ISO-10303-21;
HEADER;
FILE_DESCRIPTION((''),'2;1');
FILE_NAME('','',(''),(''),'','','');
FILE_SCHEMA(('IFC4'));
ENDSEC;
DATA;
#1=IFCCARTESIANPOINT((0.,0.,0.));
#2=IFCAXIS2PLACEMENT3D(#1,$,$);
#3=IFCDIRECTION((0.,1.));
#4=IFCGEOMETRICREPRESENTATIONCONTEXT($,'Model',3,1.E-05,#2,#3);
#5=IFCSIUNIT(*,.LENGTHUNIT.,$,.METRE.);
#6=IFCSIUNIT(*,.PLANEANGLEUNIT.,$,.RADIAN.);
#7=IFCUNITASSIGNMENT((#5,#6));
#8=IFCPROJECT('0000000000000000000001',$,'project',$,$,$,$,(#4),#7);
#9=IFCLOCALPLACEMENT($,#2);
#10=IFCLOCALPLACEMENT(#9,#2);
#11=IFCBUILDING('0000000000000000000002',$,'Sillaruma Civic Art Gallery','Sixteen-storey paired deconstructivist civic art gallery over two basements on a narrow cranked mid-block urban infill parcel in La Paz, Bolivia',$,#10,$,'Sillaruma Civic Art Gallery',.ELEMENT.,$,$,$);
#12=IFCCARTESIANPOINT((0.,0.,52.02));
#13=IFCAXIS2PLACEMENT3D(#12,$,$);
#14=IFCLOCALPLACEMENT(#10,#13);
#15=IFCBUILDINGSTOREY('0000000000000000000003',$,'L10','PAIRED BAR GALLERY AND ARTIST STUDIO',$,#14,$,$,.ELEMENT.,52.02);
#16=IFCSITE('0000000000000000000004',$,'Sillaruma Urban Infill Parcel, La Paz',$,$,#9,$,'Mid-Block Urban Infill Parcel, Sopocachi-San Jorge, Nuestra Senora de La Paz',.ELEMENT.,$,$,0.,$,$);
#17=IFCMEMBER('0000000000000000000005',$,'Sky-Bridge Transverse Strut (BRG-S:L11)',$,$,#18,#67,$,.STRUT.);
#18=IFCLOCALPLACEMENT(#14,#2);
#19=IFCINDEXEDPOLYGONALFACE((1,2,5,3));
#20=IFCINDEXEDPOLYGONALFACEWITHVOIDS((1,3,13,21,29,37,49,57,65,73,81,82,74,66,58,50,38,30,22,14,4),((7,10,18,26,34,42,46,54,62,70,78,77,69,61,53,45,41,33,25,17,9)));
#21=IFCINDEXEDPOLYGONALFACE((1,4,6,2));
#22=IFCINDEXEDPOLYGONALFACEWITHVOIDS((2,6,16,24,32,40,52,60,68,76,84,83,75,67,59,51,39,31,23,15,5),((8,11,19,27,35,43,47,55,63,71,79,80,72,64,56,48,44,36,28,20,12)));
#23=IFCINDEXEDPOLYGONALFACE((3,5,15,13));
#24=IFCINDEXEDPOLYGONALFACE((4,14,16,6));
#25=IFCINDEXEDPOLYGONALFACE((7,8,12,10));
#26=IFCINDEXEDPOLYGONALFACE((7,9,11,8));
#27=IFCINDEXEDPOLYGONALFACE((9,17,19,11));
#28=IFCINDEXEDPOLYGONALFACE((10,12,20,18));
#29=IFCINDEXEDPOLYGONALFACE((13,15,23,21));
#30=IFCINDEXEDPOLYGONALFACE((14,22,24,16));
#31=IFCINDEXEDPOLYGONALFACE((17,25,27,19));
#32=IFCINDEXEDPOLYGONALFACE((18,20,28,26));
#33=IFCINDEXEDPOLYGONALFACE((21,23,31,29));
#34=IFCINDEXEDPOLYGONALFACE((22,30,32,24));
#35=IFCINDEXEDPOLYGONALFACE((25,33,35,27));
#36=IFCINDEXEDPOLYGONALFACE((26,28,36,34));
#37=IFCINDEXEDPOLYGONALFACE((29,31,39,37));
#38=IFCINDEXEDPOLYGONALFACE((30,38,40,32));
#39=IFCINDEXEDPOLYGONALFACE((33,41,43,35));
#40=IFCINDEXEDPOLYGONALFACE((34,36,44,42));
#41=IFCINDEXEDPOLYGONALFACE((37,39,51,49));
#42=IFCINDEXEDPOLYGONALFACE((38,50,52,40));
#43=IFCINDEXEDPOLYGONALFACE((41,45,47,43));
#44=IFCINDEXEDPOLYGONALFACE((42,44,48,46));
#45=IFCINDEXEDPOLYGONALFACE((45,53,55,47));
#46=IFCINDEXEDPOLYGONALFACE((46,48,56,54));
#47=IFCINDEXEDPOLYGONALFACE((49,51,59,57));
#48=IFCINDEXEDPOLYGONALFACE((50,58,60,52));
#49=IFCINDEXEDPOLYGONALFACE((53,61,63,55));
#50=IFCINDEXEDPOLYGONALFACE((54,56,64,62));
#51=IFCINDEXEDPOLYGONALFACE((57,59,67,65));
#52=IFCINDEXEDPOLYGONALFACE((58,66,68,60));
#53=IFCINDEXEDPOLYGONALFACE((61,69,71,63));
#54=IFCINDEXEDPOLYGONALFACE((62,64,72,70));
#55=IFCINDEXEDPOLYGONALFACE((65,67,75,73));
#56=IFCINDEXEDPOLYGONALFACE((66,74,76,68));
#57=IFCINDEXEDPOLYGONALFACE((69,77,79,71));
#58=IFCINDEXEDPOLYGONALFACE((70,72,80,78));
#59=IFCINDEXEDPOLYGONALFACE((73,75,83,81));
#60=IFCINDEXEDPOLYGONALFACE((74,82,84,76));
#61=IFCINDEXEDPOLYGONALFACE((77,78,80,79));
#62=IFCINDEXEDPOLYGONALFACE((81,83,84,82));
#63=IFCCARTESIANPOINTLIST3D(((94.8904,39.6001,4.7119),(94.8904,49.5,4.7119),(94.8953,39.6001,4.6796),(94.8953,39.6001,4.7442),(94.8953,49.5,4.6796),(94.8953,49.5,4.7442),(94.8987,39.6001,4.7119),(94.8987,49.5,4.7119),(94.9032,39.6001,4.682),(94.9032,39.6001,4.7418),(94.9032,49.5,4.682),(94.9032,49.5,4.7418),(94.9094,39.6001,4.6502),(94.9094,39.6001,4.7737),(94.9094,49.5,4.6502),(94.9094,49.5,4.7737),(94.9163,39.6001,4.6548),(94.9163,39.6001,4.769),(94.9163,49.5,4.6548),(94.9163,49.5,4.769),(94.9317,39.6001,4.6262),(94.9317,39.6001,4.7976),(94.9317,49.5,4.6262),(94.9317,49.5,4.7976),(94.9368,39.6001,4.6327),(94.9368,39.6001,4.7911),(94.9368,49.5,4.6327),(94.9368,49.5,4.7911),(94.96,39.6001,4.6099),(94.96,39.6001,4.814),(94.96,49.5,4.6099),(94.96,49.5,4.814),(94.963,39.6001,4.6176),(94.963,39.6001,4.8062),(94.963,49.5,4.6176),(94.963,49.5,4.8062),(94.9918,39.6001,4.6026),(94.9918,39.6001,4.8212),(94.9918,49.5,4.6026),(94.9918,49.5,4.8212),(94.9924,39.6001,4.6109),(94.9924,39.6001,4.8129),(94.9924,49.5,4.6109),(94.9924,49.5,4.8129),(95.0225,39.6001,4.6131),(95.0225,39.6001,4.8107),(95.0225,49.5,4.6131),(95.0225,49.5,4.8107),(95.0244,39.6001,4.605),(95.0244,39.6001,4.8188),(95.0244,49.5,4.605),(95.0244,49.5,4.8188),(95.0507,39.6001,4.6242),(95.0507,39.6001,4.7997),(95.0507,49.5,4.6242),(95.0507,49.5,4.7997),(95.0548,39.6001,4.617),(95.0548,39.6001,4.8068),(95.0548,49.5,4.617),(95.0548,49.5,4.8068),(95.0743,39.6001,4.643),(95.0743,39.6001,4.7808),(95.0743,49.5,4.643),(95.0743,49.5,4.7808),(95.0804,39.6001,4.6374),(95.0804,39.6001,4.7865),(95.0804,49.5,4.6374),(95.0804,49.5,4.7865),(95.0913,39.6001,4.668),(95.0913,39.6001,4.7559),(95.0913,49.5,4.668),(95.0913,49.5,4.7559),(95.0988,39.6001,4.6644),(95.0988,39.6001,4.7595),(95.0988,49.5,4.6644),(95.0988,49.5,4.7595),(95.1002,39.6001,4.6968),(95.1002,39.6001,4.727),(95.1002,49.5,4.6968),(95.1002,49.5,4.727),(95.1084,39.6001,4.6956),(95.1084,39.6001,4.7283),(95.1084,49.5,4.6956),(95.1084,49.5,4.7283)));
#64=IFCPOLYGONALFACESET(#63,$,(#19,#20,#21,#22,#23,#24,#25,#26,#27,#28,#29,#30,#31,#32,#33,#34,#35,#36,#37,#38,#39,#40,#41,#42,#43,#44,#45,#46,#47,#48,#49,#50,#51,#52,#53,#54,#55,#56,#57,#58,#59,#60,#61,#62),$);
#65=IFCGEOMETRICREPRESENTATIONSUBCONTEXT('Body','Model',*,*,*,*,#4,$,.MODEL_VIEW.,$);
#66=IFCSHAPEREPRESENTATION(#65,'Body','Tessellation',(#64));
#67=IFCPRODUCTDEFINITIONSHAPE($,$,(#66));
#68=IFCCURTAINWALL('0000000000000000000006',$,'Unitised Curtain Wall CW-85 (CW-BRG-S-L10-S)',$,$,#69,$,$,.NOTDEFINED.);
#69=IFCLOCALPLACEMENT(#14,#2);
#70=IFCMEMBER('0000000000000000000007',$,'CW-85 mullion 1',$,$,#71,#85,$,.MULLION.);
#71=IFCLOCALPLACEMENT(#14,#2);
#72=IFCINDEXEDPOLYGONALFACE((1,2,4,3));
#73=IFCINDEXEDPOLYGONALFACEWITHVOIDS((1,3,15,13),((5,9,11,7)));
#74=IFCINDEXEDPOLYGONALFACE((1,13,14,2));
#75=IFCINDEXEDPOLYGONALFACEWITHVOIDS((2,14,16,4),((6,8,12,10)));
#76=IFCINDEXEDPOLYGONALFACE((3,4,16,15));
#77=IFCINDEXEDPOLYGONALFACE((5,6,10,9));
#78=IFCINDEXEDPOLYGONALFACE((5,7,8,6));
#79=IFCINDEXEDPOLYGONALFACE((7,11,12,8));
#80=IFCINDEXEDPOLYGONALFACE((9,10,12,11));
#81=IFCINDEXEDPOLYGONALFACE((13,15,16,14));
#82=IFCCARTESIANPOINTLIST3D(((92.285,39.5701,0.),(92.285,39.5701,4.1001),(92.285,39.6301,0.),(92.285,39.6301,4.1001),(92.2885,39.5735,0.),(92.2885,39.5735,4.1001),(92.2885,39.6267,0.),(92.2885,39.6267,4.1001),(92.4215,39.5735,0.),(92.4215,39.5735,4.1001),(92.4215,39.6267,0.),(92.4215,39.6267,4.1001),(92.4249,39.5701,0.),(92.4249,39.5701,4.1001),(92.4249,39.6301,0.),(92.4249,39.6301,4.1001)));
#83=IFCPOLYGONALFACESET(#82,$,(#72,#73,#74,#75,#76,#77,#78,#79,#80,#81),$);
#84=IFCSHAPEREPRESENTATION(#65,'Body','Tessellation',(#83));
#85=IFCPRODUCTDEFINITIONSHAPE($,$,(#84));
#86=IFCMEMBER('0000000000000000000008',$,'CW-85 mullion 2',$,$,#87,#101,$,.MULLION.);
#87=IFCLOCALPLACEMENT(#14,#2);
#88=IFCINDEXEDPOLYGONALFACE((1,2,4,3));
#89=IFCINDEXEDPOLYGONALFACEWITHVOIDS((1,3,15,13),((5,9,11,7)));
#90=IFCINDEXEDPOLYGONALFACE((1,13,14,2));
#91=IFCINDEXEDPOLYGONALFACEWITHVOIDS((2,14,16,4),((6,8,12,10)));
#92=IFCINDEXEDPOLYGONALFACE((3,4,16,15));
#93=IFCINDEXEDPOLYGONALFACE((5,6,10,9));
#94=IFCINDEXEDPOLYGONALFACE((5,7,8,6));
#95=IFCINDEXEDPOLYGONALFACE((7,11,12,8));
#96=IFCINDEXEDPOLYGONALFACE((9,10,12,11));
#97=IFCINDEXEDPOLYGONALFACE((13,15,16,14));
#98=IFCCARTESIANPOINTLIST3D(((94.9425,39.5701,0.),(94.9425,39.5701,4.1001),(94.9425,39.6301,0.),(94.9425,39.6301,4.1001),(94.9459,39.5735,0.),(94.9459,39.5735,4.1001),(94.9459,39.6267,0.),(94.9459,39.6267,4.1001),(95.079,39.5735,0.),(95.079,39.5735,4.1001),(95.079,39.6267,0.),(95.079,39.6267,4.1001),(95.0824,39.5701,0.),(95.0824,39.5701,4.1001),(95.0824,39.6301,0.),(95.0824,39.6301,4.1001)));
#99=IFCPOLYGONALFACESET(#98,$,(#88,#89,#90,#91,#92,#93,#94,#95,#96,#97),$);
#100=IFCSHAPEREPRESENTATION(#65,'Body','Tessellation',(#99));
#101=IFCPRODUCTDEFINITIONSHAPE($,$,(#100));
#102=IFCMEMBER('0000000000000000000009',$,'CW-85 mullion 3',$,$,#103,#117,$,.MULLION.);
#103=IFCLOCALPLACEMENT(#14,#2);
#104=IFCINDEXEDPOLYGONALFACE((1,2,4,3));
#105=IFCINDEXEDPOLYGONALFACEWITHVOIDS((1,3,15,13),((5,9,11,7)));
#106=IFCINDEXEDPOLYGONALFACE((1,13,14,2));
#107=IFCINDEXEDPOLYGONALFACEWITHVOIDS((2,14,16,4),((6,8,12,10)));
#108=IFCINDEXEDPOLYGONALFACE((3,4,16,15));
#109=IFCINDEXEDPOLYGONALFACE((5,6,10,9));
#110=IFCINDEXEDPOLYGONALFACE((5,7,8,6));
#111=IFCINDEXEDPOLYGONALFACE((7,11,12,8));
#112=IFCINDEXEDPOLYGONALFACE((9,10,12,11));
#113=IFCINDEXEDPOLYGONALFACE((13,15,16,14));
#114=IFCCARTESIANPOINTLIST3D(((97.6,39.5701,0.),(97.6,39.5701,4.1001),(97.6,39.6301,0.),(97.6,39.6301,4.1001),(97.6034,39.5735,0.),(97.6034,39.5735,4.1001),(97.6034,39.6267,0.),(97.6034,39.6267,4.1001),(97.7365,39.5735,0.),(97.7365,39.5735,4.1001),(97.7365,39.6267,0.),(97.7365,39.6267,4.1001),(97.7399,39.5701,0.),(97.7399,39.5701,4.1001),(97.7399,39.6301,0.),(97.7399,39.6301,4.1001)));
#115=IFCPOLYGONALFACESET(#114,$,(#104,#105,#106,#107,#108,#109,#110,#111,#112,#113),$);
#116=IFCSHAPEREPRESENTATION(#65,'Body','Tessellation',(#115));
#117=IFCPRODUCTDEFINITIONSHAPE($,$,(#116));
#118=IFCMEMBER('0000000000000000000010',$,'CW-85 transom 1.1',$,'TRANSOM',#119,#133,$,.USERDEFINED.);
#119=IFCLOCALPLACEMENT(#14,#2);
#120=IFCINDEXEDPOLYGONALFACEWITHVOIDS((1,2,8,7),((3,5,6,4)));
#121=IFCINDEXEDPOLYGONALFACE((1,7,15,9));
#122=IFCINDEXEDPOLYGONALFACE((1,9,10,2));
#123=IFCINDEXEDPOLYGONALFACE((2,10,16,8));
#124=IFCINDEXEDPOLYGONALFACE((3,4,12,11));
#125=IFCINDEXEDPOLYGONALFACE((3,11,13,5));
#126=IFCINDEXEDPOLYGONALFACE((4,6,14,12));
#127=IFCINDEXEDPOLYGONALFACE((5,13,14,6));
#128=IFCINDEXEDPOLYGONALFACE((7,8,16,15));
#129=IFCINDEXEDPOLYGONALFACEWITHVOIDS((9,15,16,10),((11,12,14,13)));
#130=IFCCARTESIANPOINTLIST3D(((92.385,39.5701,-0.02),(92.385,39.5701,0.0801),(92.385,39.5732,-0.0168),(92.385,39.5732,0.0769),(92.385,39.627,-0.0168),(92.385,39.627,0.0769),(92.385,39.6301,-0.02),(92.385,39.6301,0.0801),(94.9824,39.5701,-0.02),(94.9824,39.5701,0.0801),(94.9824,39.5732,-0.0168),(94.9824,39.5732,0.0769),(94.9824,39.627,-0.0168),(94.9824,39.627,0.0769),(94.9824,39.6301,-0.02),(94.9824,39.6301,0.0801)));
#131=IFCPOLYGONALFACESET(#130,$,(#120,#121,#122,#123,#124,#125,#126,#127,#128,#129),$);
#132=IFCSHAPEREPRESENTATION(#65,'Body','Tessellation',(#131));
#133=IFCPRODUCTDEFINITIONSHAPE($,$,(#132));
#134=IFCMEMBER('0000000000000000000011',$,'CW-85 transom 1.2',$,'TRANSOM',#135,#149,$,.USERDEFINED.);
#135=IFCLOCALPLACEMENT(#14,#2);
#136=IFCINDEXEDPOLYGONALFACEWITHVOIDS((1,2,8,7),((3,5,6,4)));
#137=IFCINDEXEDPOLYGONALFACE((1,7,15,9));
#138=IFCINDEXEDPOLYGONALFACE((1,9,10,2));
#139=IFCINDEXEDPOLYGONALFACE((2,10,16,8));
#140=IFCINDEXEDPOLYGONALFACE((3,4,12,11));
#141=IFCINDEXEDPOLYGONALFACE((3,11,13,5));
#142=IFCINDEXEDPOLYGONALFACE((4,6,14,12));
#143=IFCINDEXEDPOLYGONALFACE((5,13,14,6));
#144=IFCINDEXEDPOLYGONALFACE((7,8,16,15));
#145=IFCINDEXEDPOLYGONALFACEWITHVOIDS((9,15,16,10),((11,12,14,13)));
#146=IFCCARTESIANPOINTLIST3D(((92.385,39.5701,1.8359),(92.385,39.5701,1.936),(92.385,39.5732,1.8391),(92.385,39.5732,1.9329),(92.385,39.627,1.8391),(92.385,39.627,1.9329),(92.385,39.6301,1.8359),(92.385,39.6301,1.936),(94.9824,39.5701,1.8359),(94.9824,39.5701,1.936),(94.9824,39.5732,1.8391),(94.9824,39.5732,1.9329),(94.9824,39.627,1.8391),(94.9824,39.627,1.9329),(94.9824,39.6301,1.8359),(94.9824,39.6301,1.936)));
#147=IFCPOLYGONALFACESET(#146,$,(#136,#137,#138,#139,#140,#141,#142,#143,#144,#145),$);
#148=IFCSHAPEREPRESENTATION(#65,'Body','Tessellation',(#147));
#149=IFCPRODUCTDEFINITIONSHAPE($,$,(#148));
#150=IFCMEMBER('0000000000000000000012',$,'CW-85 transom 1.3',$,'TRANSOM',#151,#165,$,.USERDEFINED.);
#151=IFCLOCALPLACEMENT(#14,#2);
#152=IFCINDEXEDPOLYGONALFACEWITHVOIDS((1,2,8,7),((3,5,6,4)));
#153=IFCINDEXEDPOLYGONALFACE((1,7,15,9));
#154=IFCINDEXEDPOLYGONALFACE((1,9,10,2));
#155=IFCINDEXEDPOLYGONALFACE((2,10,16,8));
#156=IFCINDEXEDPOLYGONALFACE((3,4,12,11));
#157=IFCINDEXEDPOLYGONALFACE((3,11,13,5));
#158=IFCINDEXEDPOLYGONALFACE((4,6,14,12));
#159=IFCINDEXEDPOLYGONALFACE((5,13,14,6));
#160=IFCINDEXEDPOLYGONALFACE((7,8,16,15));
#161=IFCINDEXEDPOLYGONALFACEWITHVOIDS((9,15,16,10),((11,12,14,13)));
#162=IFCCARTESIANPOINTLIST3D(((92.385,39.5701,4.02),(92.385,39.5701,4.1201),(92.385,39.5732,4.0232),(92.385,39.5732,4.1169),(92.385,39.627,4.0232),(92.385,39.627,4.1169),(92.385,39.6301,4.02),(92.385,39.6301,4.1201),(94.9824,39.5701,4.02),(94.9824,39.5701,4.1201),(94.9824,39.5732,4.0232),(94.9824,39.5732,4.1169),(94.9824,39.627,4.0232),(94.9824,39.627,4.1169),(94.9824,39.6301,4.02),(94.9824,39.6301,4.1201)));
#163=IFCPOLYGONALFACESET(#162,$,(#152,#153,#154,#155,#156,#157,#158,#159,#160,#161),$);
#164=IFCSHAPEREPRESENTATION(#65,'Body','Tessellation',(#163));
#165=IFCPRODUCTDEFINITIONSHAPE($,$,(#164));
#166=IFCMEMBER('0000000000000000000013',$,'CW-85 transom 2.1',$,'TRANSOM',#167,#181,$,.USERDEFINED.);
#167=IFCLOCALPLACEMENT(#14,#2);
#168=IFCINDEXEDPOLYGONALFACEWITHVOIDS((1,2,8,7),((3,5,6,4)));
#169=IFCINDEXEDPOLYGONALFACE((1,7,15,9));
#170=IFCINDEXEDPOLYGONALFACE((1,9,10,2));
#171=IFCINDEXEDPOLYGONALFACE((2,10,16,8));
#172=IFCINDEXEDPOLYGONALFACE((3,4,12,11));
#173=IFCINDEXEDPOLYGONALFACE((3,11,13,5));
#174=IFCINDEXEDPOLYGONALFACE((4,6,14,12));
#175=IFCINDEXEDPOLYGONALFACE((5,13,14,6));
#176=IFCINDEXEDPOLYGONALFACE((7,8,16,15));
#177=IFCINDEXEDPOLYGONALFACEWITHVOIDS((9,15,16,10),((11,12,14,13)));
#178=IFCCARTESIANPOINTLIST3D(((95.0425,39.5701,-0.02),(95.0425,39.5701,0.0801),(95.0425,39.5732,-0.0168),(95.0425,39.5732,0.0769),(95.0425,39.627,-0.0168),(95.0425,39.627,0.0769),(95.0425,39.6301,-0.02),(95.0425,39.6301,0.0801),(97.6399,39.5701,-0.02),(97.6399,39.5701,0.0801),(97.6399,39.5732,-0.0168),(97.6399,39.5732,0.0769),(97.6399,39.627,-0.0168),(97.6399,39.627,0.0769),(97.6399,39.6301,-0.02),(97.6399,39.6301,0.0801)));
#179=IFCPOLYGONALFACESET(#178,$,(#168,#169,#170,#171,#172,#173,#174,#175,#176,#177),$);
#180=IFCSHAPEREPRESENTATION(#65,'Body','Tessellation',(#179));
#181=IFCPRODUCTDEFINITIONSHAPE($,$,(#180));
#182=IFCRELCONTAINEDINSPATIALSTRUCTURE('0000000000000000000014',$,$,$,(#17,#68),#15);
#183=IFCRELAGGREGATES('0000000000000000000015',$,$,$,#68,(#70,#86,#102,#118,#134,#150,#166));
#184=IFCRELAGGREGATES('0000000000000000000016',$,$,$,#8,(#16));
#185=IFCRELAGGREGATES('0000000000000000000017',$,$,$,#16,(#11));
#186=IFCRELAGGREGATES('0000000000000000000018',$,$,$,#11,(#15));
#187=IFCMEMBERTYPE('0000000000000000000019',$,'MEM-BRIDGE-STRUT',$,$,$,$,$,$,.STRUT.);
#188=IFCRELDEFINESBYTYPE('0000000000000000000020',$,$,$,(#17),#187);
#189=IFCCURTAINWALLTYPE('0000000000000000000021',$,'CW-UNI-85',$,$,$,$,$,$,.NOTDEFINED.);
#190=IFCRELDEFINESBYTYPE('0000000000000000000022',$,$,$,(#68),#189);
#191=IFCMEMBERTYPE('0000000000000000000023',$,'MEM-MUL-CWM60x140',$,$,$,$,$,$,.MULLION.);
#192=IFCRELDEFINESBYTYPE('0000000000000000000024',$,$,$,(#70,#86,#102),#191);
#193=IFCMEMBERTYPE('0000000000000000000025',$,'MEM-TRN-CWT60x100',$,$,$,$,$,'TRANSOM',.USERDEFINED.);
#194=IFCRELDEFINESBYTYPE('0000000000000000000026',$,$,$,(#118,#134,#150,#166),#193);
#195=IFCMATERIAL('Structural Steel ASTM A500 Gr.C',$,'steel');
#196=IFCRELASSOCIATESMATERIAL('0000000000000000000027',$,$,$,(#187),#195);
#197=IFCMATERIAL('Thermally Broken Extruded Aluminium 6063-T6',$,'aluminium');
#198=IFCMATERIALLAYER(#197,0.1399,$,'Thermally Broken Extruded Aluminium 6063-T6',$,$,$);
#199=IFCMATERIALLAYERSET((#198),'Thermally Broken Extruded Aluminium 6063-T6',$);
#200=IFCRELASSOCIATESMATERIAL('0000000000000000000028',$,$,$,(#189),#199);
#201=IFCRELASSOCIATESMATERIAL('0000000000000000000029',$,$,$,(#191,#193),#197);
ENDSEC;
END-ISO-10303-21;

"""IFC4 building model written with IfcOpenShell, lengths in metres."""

from ifc_helpers import new_model, si_unit, direction, frame, origin, origin_2d, place, context, subcontext, project, spatial, hollow_rectangle, hollow_circle, extrude, material, layer, layer_set, material_profile, profile_set, type_object, element, aggregate, save


model = new_model("IFC4")

# Units and contexts
model_context = context("Model", 3, precision=1e-05, world=origin(), true_north=direction((0.0, 1.0)))
body_context = subcontext(model_context, "Body", "Model", "MODEL_VIEW")
ifc_project = project(units=[si_unit("LENGTHUNIT", "METRE"), si_unit("PLANEANGLEUNIT", "RADIAN")], contexts=[model_context])

# Site, building, storey
site_placement = place(None, origin())
site = spatial("IfcSite", under=ifc_project, at=site_placement, Name="Sillaruma Urban Infill Parcel, La Paz", LongName="Mid-Block Urban Infill Parcel, Sopocachi-San Jorge, Nuestra Senora de La Paz", CompositionType="ELEMENT", RefElevation=0.0)
building_placement = place(site_placement, origin())
building = spatial("IfcBuilding", under=site, at=building_placement, Name="Sillaruma Civic Art Gallery", Description="Sixteen-storey paired deconstructivist civic art gallery over two basements on a narrow cranked mid-block urban infill parcel in La Paz, Bolivia", LongName="Sillaruma Civic Art Gallery", CompositionType="ELEMENT")
storey_placement = place(building_placement, frame((0.0, 0.0, 52.02)))
storey = spatial("IfcBuildingStorey", under=building, at=storey_placement, Name="L10", Description="PAIRED BAR GALLERY AND ARTIST STUDIO", CompositionType="ELEMENT", Elevation=52.02)

# Member
ifc_material_1 = material(Name="Structural Steel ASTM A500 Gr.C", Category="steel")
ifc_material_profile_1 = material_profile(ifc_material_1, hollow_circle(Radius=0.1096, WallThickness=0.0083, at=origin_2d()), Name="CHS219.1x8.2")
ifc_profile_set_1 = profile_set([ifc_material_profile_1], Name="Structural Steel ASTM A500 Gr.C")
member_type_1 = type_object("IfcMemberType", Name="MEM-BRIDGE-STRUT", PredefinedType="STRUT", material=ifc_profile_set_1)
member_1_placement = place(storey_placement, frame((95.0, 39.6001, 4.7119), z_axis=(0.0, 1.0, 0.0), x_axis=(-1.0, 0.0, 0.0)))
element("IfcMember", 1, at=member_1_placement, inside=storey, type_object=member_type_1, Name="Sky-Bridge Transverse Strut (BRG-S:L11)", PredefinedType="STRUT", context=body_context, shape_type="SweptSolid", body=[
    extrude(hollow_circle(Radius=0.1096, WallThickness=0.0083, at=origin_2d()), origin(), (0.0, 0.0, 1.0), 9.8999),
])

# Curtain wall, members
ifc_material_2 = material(Name="Thermally Broken Extruded Aluminium 6063-T6", Category="aluminium")
ifc_layer_1 = layer(ifc_material_2, 0.1399, Name="Thermally Broken Extruded Aluminium 6063-T6")
ifc_layer_set_1 = layer_set([ifc_layer_1], Name="Thermally Broken Extruded Aluminium 6063-T6")
curtain_wall_type = type_object("IfcCurtainWallType", Name="CW-UNI-85", PredefinedType="NOTDEFINED", material=ifc_layer_set_1)
curtain_wall_placement = place(storey_placement, origin())
curtain_wall = element("IfcCurtainWall", 2, at=curtain_wall_placement, inside=storey, type_object=curtain_wall_type, Name="Unitised Curtain Wall CW-85 (CW-BRG-S-L10-S)", PredefinedType="NOTDEFINED")
ifc_material_profile_2 = material_profile(ifc_material_2, hollow_rectangle(XDim=0.0601, YDim=0.1399, WallThickness=0.0034, at=origin_2d()), Name="CWM60x140")
ifc_profile_set_2 = profile_set([ifc_material_profile_2], Name="Thermally Broken Extruded Aluminium 6063-T6")
member_type_2 = type_object("IfcMemberType", Name="MEM-MUL-CWM60x140", PredefinedType="MULLION", material=ifc_profile_set_2)
member_2_placement = place(storey_placement, frame((92.355, 39.6001, 0.0), z_axis=(0.0, 0.0, 1.0), x_axis=(0.0, 1.0, 0.0)))
member_2 = element("IfcMember", 3, at=member_2_placement, type_object=member_type_2, Name="CW-85 mullion 1", PredefinedType="MULLION", context=body_context, shape_type="SweptSolid", body=[
    extrude(hollow_rectangle(XDim=0.0601, YDim=0.1399, WallThickness=0.0034, at=origin_2d()), origin(), (0.0, 0.0, 1.0), 4.1001),
])
member_3_placement = place(storey_placement, frame((95.0125, 39.6001, 0.0), z_axis=(0.0, 0.0, 1.0), x_axis=(0.0, 1.0, 0.0)))
member_3 = element("IfcMember", 4, at=member_3_placement, type_object=member_type_2, Name="CW-85 mullion 2", PredefinedType="MULLION", context=body_context, shape_type="SweptSolid", body=[
    extrude(hollow_rectangle(XDim=0.0601, YDim=0.1399, WallThickness=0.0034, at=origin_2d()), origin(), (0.0, 0.0, 1.0), 4.1001),
])
member_4_placement = place(storey_placement, frame((97.6699, 39.6001, 0.0), z_axis=(0.0, 0.0, 1.0), x_axis=(0.0, 1.0, 0.0)))
member_4 = element("IfcMember", 5, at=member_4_placement, type_object=member_type_2, Name="CW-85 mullion 3", PredefinedType="MULLION", context=body_context, shape_type="SweptSolid", body=[
    extrude(hollow_rectangle(XDim=0.0601, YDim=0.1399, WallThickness=0.0034, at=origin_2d()), origin(), (0.0, 0.0, 1.0), 4.1001),
])
ifc_material_profile_3 = material_profile(ifc_material_2, hollow_rectangle(XDim=0.0601, YDim=0.1001, WallThickness=0.0032, at=origin_2d()), Name="CWT60x100")
ifc_profile_set_3 = profile_set([ifc_material_profile_3], Name="Thermally Broken Extruded Aluminium 6063-T6")
member_type_3 = type_object("IfcMemberType", Name="MEM-TRN-CWT60x100", ElementType="TRANSOM", PredefinedType="USERDEFINED", material=ifc_profile_set_3)
member_5_placement = place(storey_placement, frame((92.385, 39.6001, 0.03), z_axis=(1.0, 0.0, 0.0), x_axis=(0.0, 1.0, 0.0)))
member_5 = element("IfcMember", 6, at=member_5_placement, type_object=member_type_3, Name="CW-85 transom 1.1", ObjectType="TRANSOM", PredefinedType="USERDEFINED", context=body_context, shape_type="SweptSolid", body=[
    extrude(hollow_rectangle(XDim=0.0601, YDim=0.1001, WallThickness=0.0032, at=origin_2d()), origin(), (0.0, 0.0, 1.0), 2.5974),
])
member_6_placement = place(storey_placement, frame((92.385, 39.6001, 1.886), z_axis=(1.0, 0.0, 0.0), x_axis=(0.0, 1.0, 0.0)))
member_6 = element("IfcMember", 7, at=member_6_placement, type_object=member_type_3, Name="CW-85 transom 1.2", ObjectType="TRANSOM", PredefinedType="USERDEFINED", context=body_context, shape_type="SweptSolid", body=[
    extrude(hollow_rectangle(XDim=0.0601, YDim=0.1001, WallThickness=0.0032, at=origin_2d()), origin(), (0.0, 0.0, 1.0), 2.5974),
])
member_7_placement = place(storey_placement, frame((92.385, 39.6001, 4.0701), z_axis=(1.0, 0.0, 0.0), x_axis=(0.0, 1.0, 0.0)))
member_7 = element("IfcMember", 8, at=member_7_placement, type_object=member_type_3, Name="CW-85 transom 1.3", ObjectType="TRANSOM", PredefinedType="USERDEFINED", context=body_context, shape_type="SweptSolid", body=[
    extrude(hollow_rectangle(XDim=0.0601, YDim=0.1001, WallThickness=0.0032, at=origin_2d()), origin(), (0.0, 0.0, 1.0), 2.5974),
])
member_8_placement = place(storey_placement, frame((95.0425, 39.6001, 0.03), z_axis=(1.0, 0.0, 0.0), x_axis=(0.0, 1.0, 0.0)))
member_8 = element("IfcMember", 9, at=member_8_placement, type_object=member_type_3, Name="CW-85 transom 2.1", ObjectType="TRANSOM", PredefinedType="USERDEFINED", context=body_context, shape_type="SweptSolid", body=[
    extrude(hollow_rectangle(XDim=0.0601, YDim=0.1001, WallThickness=0.0032, at=origin_2d()), origin(), (0.0, 0.0, 1.0), 2.5974),
])

aggregate(curtain_wall, [member_2, member_3, member_4, member_5, member_6, member_7, member_8])

save(model, "model.ifc")
